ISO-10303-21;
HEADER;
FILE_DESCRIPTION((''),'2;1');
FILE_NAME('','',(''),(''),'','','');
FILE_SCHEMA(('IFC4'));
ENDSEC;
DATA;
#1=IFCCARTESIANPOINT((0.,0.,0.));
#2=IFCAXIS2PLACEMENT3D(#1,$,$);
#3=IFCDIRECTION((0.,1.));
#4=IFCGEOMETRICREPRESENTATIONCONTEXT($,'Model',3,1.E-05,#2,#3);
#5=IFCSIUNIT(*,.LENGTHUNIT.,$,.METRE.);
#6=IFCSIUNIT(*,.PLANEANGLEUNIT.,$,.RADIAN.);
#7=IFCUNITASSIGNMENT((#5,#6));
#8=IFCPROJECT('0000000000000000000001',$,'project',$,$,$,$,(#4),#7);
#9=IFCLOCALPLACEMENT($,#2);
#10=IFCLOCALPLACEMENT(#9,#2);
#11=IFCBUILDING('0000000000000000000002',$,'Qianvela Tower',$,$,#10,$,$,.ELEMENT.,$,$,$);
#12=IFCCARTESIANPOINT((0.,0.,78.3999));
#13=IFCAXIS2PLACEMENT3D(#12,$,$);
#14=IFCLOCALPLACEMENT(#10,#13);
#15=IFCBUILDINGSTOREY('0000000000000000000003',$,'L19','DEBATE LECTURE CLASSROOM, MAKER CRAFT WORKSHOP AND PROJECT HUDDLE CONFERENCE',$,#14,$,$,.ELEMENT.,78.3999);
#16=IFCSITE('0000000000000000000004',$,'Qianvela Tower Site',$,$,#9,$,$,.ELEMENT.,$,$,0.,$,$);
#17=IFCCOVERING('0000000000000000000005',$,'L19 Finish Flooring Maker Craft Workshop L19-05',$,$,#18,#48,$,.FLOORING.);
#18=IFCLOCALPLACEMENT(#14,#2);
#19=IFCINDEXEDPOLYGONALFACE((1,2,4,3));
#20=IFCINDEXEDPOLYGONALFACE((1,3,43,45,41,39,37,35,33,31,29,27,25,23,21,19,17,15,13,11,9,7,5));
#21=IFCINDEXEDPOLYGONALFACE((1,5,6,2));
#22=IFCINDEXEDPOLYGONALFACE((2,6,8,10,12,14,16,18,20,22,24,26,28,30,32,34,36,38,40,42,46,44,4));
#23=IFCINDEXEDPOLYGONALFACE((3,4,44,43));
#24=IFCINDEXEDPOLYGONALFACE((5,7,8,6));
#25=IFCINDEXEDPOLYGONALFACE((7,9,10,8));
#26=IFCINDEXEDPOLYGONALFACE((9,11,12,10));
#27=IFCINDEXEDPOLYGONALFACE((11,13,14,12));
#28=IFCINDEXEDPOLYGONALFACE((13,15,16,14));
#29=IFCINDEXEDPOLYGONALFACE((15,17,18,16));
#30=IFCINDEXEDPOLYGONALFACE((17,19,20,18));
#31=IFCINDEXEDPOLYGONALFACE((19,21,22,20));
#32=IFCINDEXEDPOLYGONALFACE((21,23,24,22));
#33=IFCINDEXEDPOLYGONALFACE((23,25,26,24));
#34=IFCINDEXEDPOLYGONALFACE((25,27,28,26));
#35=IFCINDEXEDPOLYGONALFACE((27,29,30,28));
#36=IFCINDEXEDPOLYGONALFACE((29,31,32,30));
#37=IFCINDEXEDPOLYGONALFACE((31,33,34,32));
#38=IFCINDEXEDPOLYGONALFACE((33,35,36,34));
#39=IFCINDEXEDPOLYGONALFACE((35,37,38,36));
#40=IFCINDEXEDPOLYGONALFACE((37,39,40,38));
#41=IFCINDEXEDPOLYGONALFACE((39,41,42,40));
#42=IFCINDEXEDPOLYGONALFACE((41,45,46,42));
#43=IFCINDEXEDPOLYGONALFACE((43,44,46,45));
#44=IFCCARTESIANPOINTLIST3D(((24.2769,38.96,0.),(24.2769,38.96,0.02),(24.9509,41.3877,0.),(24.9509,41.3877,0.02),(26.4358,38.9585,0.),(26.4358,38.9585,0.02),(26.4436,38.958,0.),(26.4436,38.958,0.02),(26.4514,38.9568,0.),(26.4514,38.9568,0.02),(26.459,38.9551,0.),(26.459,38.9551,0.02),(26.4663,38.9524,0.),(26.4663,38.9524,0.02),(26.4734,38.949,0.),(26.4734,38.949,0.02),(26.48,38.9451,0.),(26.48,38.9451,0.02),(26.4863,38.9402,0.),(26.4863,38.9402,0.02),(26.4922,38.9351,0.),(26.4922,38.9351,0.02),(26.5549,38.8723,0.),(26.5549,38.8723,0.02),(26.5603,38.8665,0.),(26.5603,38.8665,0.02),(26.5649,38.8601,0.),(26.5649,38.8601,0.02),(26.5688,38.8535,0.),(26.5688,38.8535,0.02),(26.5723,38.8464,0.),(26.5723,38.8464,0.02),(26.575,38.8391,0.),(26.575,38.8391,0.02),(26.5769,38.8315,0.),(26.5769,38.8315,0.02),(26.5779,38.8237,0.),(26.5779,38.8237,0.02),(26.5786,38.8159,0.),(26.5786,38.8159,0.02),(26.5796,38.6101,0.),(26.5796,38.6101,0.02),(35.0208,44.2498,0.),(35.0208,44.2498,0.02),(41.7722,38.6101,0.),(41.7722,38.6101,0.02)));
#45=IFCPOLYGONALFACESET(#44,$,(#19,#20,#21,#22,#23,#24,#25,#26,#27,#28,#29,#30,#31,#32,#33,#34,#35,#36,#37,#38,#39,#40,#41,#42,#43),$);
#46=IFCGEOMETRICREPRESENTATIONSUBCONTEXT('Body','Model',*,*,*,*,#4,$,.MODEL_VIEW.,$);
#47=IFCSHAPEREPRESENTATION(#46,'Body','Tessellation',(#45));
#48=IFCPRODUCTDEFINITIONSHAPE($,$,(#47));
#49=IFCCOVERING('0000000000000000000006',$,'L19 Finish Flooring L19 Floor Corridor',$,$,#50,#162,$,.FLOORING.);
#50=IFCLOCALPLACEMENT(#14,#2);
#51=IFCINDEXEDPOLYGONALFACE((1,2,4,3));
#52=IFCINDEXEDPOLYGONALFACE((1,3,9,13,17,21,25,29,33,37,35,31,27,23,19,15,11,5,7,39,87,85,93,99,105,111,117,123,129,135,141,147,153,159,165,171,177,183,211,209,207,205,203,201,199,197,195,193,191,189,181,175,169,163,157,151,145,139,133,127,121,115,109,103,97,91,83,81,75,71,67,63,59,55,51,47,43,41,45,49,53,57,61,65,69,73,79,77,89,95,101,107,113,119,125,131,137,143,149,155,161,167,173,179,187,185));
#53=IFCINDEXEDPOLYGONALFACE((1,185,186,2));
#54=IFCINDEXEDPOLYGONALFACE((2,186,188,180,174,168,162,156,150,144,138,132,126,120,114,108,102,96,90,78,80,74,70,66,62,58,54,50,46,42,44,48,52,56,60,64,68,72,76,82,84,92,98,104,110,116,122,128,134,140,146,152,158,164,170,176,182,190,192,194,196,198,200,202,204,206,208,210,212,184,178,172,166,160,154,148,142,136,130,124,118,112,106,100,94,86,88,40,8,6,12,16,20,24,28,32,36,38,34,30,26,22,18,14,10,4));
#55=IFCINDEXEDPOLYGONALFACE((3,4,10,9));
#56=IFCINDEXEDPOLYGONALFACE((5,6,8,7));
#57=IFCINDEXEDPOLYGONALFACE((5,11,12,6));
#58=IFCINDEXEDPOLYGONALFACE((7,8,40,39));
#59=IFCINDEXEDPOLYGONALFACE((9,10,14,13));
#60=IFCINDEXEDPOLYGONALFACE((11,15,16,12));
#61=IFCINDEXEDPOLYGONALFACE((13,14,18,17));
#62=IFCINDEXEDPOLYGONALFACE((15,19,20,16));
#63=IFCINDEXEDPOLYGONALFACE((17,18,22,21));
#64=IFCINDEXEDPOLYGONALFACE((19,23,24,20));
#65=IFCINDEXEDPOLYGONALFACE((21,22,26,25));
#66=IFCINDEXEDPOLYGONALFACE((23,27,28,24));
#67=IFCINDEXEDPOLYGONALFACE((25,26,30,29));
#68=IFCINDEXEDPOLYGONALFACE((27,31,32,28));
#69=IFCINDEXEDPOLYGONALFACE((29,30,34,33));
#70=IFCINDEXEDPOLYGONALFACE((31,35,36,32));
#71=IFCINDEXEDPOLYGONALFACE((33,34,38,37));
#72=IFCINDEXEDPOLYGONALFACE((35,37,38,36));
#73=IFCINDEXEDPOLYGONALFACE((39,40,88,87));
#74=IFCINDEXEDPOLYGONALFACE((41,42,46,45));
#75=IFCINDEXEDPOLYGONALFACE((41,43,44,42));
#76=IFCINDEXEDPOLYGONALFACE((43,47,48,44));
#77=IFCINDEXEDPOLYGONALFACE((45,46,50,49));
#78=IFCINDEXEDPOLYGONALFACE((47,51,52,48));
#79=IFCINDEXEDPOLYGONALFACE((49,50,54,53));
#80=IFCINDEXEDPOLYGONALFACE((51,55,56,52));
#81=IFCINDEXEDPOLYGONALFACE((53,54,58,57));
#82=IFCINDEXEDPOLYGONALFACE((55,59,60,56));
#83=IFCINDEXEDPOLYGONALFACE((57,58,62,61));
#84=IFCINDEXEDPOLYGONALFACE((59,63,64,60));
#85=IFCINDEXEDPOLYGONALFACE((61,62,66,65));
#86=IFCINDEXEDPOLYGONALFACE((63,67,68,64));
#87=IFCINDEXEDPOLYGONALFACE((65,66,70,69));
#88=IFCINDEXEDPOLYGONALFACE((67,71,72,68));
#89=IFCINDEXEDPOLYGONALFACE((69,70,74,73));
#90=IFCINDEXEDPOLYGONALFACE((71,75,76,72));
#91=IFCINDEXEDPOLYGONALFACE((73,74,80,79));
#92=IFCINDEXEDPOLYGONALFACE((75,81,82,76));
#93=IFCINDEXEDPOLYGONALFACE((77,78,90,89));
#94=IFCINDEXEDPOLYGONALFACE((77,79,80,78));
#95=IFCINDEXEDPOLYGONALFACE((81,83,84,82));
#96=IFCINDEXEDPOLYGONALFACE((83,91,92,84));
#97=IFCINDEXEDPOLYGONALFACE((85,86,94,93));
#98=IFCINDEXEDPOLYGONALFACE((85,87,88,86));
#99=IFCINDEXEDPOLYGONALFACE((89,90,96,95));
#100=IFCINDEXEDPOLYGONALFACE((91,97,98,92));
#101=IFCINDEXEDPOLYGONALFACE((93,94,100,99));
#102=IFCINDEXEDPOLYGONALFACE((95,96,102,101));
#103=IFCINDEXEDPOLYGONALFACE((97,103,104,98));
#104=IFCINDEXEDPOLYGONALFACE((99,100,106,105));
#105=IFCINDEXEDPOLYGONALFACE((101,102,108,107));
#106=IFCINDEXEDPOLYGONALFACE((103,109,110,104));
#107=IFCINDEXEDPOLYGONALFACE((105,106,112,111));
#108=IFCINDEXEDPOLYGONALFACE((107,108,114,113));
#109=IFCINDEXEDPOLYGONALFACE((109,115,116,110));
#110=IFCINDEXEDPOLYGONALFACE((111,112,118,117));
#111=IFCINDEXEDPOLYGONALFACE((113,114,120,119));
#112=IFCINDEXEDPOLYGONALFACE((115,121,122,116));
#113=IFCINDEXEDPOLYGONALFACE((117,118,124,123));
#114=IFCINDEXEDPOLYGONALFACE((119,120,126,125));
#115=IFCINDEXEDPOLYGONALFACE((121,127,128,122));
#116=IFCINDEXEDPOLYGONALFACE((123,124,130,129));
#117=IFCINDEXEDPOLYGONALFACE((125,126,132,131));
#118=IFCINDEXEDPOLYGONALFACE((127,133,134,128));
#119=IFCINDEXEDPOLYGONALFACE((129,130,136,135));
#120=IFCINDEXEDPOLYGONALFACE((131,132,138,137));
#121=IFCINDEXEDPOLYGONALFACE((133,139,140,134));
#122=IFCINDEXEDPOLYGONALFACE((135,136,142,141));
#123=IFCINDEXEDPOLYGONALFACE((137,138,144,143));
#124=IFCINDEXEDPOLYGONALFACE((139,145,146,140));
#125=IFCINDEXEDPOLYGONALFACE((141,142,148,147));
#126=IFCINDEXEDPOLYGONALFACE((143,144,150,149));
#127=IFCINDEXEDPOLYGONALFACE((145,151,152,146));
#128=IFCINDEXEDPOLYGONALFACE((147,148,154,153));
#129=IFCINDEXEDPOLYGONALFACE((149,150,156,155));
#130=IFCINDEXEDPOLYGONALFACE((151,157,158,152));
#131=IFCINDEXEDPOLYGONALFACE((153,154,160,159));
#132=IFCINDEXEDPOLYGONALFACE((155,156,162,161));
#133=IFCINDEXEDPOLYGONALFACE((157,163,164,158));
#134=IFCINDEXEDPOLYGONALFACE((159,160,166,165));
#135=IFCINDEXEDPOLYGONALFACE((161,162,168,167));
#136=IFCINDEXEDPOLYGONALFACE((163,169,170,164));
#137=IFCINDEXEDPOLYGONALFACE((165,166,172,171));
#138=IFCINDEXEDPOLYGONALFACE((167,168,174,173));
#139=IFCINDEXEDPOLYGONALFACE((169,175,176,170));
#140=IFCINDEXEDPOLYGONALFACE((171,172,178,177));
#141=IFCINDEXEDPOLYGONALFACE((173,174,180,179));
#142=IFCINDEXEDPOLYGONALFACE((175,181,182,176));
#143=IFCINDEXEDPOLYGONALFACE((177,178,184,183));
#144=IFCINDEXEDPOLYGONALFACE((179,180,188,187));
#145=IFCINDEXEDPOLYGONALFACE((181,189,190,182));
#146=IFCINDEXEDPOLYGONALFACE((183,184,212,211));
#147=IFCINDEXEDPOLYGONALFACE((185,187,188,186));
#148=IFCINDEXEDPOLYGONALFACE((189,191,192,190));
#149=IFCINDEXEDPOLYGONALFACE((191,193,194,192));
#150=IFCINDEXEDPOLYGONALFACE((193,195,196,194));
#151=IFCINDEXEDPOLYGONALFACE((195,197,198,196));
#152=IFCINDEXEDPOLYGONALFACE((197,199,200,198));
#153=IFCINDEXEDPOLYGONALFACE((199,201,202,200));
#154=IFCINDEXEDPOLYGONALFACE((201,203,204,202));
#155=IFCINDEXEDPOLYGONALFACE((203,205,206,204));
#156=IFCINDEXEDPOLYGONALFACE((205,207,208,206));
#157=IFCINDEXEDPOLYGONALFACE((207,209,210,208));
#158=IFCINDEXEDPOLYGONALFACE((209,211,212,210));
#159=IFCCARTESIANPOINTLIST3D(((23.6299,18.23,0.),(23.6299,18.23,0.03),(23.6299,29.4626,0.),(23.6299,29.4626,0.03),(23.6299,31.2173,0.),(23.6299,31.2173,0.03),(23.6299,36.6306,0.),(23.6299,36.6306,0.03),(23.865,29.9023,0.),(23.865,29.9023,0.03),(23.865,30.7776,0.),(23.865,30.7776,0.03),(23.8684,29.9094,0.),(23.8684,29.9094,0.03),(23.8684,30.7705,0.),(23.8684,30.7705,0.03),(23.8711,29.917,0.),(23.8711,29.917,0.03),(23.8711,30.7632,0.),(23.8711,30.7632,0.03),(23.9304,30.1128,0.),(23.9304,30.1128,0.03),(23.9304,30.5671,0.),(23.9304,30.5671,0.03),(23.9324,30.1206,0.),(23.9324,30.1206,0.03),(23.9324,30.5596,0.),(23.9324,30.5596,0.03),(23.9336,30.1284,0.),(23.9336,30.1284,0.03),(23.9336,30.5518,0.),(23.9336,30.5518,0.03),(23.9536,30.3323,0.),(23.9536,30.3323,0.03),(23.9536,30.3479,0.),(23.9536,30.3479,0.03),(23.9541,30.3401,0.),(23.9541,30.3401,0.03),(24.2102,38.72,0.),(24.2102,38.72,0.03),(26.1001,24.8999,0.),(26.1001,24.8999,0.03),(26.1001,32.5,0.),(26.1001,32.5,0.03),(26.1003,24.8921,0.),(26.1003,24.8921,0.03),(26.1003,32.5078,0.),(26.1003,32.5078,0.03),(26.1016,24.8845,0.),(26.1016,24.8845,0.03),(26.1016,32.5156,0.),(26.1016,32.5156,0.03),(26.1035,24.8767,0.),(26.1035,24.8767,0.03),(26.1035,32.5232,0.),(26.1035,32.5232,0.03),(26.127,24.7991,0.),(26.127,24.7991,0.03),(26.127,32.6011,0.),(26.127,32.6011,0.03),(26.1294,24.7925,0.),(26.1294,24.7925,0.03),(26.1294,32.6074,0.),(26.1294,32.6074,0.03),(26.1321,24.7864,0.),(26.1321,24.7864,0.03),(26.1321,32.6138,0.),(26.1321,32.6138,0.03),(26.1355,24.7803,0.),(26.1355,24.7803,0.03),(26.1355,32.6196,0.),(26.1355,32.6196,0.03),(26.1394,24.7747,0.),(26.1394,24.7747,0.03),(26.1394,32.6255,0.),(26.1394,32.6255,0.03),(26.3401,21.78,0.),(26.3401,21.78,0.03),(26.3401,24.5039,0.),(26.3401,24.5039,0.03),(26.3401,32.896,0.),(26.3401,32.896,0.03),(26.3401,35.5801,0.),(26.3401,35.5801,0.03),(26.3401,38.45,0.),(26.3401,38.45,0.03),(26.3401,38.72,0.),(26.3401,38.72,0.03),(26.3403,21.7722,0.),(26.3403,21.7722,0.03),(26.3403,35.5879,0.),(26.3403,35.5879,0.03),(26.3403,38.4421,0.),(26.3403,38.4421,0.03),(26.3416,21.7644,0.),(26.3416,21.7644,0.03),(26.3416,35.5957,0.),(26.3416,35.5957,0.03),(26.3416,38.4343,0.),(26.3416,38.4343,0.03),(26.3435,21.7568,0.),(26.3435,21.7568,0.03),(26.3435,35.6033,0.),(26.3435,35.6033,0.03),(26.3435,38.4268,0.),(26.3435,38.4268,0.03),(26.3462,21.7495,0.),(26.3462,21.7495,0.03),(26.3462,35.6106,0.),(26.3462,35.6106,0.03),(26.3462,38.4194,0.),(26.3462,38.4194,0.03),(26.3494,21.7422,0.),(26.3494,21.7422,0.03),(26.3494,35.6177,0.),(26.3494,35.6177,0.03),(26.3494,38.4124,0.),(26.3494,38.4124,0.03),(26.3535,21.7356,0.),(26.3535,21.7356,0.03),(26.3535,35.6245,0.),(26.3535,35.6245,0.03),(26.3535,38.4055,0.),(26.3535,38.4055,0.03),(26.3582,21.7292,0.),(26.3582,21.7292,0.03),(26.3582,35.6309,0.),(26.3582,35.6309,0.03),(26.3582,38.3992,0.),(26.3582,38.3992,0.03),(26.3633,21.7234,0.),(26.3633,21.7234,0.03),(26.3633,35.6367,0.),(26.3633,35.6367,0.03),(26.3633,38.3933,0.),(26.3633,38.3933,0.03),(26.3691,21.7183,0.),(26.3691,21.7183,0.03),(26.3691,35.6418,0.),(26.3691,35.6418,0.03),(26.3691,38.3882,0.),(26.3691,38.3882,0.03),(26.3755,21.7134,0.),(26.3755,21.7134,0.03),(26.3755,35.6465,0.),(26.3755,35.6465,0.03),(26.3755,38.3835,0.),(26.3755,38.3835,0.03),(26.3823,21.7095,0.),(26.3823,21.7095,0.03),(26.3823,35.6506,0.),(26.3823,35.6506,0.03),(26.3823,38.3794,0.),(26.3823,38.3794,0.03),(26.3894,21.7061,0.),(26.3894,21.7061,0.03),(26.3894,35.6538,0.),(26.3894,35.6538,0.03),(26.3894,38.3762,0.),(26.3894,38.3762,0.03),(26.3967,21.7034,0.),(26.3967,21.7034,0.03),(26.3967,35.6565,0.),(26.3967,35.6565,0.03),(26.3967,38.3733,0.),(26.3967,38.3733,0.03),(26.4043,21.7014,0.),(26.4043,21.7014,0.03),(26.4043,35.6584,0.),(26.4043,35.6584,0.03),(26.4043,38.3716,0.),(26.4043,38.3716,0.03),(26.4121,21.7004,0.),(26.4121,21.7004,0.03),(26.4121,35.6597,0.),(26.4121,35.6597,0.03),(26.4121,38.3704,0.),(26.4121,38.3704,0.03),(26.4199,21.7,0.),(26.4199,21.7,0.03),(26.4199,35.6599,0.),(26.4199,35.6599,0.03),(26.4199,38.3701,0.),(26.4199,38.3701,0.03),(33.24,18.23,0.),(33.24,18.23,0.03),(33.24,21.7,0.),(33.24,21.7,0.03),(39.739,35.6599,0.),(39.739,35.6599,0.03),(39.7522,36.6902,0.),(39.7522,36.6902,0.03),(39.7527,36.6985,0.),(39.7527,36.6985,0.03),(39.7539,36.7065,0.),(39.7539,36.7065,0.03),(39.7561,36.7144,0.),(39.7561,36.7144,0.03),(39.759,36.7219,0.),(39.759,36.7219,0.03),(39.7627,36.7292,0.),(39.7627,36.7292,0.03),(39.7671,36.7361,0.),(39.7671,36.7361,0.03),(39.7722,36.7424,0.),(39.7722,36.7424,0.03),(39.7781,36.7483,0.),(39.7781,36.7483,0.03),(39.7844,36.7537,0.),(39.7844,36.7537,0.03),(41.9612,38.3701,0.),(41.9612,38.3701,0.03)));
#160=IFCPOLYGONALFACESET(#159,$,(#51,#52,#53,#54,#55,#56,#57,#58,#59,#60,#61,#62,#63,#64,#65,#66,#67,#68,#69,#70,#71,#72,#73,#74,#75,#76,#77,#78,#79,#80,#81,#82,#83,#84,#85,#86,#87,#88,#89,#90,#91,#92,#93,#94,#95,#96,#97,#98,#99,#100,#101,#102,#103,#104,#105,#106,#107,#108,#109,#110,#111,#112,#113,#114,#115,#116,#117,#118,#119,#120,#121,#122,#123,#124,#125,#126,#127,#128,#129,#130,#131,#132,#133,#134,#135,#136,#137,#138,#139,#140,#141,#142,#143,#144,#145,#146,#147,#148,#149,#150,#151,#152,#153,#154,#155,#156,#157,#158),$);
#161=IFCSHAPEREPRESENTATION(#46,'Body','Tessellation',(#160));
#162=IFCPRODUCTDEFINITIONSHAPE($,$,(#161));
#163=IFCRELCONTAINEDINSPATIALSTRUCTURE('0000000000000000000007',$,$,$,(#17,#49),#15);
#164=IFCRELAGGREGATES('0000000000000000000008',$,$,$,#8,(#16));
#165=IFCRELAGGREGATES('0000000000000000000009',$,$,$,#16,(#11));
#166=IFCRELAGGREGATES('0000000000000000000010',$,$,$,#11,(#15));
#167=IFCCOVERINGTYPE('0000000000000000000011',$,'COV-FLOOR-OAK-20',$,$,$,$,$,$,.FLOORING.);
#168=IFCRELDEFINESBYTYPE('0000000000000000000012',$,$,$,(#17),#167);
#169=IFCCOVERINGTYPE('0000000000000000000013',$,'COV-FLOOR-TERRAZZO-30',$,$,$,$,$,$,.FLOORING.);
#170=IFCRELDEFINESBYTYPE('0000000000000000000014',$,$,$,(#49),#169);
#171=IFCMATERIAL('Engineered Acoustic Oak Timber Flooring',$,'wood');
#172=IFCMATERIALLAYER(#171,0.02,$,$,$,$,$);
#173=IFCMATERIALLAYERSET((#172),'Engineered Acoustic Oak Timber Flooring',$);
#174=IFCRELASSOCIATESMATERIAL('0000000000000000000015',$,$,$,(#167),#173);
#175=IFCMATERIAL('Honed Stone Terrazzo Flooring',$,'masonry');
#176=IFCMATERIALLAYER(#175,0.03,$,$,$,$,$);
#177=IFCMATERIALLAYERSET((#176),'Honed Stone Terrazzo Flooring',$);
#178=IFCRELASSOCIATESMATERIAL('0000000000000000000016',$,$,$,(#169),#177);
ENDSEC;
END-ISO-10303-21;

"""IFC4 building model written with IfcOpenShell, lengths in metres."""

from ifc_helpers import new_model, si_unit, direction, frame, origin, place, context, subcontext, project, spatial, polyline, outline, extrude, material, layer, layer_set, type_object, element, save


model = new_model("IFC4")

# Units and contexts
model_context = context("Model", 3, precision=1e-05, world=origin(), true_north=direction((0.0, 1.0)))
body_context = subcontext(model_context, "Body", "Model", "MODEL_VIEW")
ifc_project = project(units=[si_unit("LENGTHUNIT", "METRE"), si_unit("PLANEANGLEUNIT", "RADIAN")], contexts=[model_context])

# Site, building, storey
site_placement = place(None, origin())
site = spatial("IfcSite", under=ifc_project, at=site_placement, Name="Qianvela Tower Site", CompositionType="ELEMENT", RefElevation=0.0)
building_placement = place(site_placement, origin())
building = spatial("IfcBuilding", under=site, at=building_placement, Name="Qianvela Tower", CompositionType="ELEMENT")
storey_placement = place(building_placement, frame((0.0, 0.0, 78.3999)))
storey = spatial("IfcBuildingStorey", under=building, at=storey_placement, Name="L19", Description="DEBATE LECTURE CLASSROOM, MAKER CRAFT WORKSHOP AND PROJECT HUDDLE CONFERENCE", CompositionType="ELEMENT", Elevation=78.3999)

# Coverings
ifc_material_1 = material(Name="Engineered Acoustic Oak Timber Flooring", Category="wood")
ifc_layer_1 = layer(ifc_material_1, 0.02)
ifc_layer_set_1 = layer_set([ifc_layer_1], Name="Engineered Acoustic Oak Timber Flooring")
covering_type_1 = type_object("IfcCoveringType", Name="COV-FLOOR-OAK-20", PredefinedType="FLOORING", material=ifc_layer_set_1)
covering_1_placement = place(storey_placement, origin())
element("IfcCovering", 1, at=covering_1_placement, inside=storey, type_object=covering_type_1, Name="L19 Finish Flooring Maker Craft Workshop L19-05", PredefinedType="FLOORING", context=body_context, shape_type="SweptSolid", body=[
    extrude(outline(polyline([(35.0208, 44.2498), (41.7722, 38.6101), (26.5796, 38.6101), (26.5786, 38.8159), (26.5779, 38.8237), (26.5769, 38.8315), (26.575, 38.8391), (26.5723, 38.8464), (26.5688, 38.8535), (26.5649, 38.8601), (26.5603, 38.8665), (26.5549, 38.8723), (26.4922, 38.9351), (26.4863, 38.9402), (26.48, 38.9451), (26.4734, 38.949), (26.4663, 38.9524), (26.459, 38.9551), (26.4514, 38.9568), (26.4436, 38.958), (26.4358, 38.9585), (24.2769, 38.96), (24.9509, 41.3877), (35.0208, 44.2498)])), origin(), (0.0, 0.0, 1.0), 0.02),
])
ifc_material_2 = material(Name="Honed Stone Terrazzo Flooring", Category="masonry")
ifc_layer_2 = layer(ifc_material_2, 0.03)
ifc_layer_set_2 = layer_set([ifc_layer_2], Name="Honed Stone Terrazzo Flooring")
covering_type_2 = type_object("IfcCoveringType", Name="COV-FLOOR-TERRAZZO-30", PredefinedType="FLOORING", material=ifc_layer_set_2)
covering_2_placement = place(storey_placement, origin())
element("IfcCovering", 2, at=covering_2_placement, inside=storey, type_object=covering_type_2, Name="L19 Finish Flooring L19 Floor Corridor", PredefinedType="FLOORING", context=body_context, shape_type="SweptSolid", body=[
    extrude(outline(polyline([(23.8711, 30.7632), (23.8684, 30.7705), (23.865, 30.7776), (23.6299, 31.2173), (23.6299, 36.6306), (24.2102, 38.72), (26.3401, 38.72), (26.3401, 38.45), (26.3403, 38.4421), (26.3416, 38.4343), (26.3435, 38.4268), (26.3462, 38.4194), (26.3494, 38.4124), (26.3535, 38.4055), (26.3582, 38.3992), (26.3633, 38.3933), (26.3691, 38.3882), (26.3755, 38.3835), (26.3823, 38.3794), (26.3894, 38.3762), (26.3967, 38.3733), (26.4043, 38.3716), (26.4121, 38.3704), (26.4199, 38.3701), (41.9612, 38.3701), (39.7844, 36.7537), (39.7781, 36.7483), (39.7722, 36.7424), (39.7671, 36.7361), (39.7627, 36.7292), (39.759, 36.7219), (39.7561, 36.7144), (39.7539, 36.7065), (39.7527, 36.6985), (39.7522, 36.6902), (39.739, 35.6599), (26.4199, 35.6599), (26.4121, 35.6597), (26.4043, 35.6584), (26.3967, 35.6565), (26.3894, 35.6538), (26.3823, 35.6506), (26.3755, 35.6465), (26.3691, 35.6418), (26.3633, 35.6367), (26.3582, 35.6309), (26.3535, 35.6245), (26.3494, 35.6177), (26.3462, 35.6106), (26.3435, 35.6033), (26.3416, 35.5957), (26.3403, 35.5879), (26.3401, 35.5801), (26.3401, 32.896), (26.1394, 32.6255), (26.1355, 32.6196), (26.1321, 32.6138), (26.1294, 32.6074), (26.127, 32.6011), (26.1035, 32.5232), (26.1016, 32.5156), (26.1003, 32.5078), (26.1001, 32.5), (26.1001, 24.8999), (26.1003, 24.8921), (26.1016, 24.8845), (26.1035, 24.8767), (26.127, 24.7991), (26.1294, 24.7925), (26.1321, 24.7864), (26.1355, 24.7803), (26.1394, 24.7747), (26.3401, 24.5039), (26.3401, 21.78), (26.3403, 21.7722), (26.3416, 21.7644), (26.3435, 21.7568), (26.3462, 21.7495), (26.3494, 21.7422), (26.3535, 21.7356), (26.3582, 21.7292), (26.3633, 21.7234), (26.3691, 21.7183), (26.3755, 21.7134), (26.3823, 21.7095), (26.3894, 21.7061), (26.3967, 21.7034), (26.4043, 21.7014), (26.4121, 21.7004), (26.4199, 21.7), (33.24, 21.7), (33.24, 18.23), (23.6299, 18.23), (23.6299, 29.4626), (23.865, 29.9023), (23.8684, 29.9094), (23.8711, 29.917), (23.9304, 30.1128), (23.9324, 30.1206), (23.9336, 30.1284), (23.9536, 30.3323), (23.9541, 30.3401), (23.9536, 30.3479), (23.9336, 30.5518), (23.9324, 30.5596), (23.9304, 30.5671), (23.8711, 30.7632)])), origin(), (0.0, 0.0, 1.0), 0.03),
])

save(model, "model.ifc")
